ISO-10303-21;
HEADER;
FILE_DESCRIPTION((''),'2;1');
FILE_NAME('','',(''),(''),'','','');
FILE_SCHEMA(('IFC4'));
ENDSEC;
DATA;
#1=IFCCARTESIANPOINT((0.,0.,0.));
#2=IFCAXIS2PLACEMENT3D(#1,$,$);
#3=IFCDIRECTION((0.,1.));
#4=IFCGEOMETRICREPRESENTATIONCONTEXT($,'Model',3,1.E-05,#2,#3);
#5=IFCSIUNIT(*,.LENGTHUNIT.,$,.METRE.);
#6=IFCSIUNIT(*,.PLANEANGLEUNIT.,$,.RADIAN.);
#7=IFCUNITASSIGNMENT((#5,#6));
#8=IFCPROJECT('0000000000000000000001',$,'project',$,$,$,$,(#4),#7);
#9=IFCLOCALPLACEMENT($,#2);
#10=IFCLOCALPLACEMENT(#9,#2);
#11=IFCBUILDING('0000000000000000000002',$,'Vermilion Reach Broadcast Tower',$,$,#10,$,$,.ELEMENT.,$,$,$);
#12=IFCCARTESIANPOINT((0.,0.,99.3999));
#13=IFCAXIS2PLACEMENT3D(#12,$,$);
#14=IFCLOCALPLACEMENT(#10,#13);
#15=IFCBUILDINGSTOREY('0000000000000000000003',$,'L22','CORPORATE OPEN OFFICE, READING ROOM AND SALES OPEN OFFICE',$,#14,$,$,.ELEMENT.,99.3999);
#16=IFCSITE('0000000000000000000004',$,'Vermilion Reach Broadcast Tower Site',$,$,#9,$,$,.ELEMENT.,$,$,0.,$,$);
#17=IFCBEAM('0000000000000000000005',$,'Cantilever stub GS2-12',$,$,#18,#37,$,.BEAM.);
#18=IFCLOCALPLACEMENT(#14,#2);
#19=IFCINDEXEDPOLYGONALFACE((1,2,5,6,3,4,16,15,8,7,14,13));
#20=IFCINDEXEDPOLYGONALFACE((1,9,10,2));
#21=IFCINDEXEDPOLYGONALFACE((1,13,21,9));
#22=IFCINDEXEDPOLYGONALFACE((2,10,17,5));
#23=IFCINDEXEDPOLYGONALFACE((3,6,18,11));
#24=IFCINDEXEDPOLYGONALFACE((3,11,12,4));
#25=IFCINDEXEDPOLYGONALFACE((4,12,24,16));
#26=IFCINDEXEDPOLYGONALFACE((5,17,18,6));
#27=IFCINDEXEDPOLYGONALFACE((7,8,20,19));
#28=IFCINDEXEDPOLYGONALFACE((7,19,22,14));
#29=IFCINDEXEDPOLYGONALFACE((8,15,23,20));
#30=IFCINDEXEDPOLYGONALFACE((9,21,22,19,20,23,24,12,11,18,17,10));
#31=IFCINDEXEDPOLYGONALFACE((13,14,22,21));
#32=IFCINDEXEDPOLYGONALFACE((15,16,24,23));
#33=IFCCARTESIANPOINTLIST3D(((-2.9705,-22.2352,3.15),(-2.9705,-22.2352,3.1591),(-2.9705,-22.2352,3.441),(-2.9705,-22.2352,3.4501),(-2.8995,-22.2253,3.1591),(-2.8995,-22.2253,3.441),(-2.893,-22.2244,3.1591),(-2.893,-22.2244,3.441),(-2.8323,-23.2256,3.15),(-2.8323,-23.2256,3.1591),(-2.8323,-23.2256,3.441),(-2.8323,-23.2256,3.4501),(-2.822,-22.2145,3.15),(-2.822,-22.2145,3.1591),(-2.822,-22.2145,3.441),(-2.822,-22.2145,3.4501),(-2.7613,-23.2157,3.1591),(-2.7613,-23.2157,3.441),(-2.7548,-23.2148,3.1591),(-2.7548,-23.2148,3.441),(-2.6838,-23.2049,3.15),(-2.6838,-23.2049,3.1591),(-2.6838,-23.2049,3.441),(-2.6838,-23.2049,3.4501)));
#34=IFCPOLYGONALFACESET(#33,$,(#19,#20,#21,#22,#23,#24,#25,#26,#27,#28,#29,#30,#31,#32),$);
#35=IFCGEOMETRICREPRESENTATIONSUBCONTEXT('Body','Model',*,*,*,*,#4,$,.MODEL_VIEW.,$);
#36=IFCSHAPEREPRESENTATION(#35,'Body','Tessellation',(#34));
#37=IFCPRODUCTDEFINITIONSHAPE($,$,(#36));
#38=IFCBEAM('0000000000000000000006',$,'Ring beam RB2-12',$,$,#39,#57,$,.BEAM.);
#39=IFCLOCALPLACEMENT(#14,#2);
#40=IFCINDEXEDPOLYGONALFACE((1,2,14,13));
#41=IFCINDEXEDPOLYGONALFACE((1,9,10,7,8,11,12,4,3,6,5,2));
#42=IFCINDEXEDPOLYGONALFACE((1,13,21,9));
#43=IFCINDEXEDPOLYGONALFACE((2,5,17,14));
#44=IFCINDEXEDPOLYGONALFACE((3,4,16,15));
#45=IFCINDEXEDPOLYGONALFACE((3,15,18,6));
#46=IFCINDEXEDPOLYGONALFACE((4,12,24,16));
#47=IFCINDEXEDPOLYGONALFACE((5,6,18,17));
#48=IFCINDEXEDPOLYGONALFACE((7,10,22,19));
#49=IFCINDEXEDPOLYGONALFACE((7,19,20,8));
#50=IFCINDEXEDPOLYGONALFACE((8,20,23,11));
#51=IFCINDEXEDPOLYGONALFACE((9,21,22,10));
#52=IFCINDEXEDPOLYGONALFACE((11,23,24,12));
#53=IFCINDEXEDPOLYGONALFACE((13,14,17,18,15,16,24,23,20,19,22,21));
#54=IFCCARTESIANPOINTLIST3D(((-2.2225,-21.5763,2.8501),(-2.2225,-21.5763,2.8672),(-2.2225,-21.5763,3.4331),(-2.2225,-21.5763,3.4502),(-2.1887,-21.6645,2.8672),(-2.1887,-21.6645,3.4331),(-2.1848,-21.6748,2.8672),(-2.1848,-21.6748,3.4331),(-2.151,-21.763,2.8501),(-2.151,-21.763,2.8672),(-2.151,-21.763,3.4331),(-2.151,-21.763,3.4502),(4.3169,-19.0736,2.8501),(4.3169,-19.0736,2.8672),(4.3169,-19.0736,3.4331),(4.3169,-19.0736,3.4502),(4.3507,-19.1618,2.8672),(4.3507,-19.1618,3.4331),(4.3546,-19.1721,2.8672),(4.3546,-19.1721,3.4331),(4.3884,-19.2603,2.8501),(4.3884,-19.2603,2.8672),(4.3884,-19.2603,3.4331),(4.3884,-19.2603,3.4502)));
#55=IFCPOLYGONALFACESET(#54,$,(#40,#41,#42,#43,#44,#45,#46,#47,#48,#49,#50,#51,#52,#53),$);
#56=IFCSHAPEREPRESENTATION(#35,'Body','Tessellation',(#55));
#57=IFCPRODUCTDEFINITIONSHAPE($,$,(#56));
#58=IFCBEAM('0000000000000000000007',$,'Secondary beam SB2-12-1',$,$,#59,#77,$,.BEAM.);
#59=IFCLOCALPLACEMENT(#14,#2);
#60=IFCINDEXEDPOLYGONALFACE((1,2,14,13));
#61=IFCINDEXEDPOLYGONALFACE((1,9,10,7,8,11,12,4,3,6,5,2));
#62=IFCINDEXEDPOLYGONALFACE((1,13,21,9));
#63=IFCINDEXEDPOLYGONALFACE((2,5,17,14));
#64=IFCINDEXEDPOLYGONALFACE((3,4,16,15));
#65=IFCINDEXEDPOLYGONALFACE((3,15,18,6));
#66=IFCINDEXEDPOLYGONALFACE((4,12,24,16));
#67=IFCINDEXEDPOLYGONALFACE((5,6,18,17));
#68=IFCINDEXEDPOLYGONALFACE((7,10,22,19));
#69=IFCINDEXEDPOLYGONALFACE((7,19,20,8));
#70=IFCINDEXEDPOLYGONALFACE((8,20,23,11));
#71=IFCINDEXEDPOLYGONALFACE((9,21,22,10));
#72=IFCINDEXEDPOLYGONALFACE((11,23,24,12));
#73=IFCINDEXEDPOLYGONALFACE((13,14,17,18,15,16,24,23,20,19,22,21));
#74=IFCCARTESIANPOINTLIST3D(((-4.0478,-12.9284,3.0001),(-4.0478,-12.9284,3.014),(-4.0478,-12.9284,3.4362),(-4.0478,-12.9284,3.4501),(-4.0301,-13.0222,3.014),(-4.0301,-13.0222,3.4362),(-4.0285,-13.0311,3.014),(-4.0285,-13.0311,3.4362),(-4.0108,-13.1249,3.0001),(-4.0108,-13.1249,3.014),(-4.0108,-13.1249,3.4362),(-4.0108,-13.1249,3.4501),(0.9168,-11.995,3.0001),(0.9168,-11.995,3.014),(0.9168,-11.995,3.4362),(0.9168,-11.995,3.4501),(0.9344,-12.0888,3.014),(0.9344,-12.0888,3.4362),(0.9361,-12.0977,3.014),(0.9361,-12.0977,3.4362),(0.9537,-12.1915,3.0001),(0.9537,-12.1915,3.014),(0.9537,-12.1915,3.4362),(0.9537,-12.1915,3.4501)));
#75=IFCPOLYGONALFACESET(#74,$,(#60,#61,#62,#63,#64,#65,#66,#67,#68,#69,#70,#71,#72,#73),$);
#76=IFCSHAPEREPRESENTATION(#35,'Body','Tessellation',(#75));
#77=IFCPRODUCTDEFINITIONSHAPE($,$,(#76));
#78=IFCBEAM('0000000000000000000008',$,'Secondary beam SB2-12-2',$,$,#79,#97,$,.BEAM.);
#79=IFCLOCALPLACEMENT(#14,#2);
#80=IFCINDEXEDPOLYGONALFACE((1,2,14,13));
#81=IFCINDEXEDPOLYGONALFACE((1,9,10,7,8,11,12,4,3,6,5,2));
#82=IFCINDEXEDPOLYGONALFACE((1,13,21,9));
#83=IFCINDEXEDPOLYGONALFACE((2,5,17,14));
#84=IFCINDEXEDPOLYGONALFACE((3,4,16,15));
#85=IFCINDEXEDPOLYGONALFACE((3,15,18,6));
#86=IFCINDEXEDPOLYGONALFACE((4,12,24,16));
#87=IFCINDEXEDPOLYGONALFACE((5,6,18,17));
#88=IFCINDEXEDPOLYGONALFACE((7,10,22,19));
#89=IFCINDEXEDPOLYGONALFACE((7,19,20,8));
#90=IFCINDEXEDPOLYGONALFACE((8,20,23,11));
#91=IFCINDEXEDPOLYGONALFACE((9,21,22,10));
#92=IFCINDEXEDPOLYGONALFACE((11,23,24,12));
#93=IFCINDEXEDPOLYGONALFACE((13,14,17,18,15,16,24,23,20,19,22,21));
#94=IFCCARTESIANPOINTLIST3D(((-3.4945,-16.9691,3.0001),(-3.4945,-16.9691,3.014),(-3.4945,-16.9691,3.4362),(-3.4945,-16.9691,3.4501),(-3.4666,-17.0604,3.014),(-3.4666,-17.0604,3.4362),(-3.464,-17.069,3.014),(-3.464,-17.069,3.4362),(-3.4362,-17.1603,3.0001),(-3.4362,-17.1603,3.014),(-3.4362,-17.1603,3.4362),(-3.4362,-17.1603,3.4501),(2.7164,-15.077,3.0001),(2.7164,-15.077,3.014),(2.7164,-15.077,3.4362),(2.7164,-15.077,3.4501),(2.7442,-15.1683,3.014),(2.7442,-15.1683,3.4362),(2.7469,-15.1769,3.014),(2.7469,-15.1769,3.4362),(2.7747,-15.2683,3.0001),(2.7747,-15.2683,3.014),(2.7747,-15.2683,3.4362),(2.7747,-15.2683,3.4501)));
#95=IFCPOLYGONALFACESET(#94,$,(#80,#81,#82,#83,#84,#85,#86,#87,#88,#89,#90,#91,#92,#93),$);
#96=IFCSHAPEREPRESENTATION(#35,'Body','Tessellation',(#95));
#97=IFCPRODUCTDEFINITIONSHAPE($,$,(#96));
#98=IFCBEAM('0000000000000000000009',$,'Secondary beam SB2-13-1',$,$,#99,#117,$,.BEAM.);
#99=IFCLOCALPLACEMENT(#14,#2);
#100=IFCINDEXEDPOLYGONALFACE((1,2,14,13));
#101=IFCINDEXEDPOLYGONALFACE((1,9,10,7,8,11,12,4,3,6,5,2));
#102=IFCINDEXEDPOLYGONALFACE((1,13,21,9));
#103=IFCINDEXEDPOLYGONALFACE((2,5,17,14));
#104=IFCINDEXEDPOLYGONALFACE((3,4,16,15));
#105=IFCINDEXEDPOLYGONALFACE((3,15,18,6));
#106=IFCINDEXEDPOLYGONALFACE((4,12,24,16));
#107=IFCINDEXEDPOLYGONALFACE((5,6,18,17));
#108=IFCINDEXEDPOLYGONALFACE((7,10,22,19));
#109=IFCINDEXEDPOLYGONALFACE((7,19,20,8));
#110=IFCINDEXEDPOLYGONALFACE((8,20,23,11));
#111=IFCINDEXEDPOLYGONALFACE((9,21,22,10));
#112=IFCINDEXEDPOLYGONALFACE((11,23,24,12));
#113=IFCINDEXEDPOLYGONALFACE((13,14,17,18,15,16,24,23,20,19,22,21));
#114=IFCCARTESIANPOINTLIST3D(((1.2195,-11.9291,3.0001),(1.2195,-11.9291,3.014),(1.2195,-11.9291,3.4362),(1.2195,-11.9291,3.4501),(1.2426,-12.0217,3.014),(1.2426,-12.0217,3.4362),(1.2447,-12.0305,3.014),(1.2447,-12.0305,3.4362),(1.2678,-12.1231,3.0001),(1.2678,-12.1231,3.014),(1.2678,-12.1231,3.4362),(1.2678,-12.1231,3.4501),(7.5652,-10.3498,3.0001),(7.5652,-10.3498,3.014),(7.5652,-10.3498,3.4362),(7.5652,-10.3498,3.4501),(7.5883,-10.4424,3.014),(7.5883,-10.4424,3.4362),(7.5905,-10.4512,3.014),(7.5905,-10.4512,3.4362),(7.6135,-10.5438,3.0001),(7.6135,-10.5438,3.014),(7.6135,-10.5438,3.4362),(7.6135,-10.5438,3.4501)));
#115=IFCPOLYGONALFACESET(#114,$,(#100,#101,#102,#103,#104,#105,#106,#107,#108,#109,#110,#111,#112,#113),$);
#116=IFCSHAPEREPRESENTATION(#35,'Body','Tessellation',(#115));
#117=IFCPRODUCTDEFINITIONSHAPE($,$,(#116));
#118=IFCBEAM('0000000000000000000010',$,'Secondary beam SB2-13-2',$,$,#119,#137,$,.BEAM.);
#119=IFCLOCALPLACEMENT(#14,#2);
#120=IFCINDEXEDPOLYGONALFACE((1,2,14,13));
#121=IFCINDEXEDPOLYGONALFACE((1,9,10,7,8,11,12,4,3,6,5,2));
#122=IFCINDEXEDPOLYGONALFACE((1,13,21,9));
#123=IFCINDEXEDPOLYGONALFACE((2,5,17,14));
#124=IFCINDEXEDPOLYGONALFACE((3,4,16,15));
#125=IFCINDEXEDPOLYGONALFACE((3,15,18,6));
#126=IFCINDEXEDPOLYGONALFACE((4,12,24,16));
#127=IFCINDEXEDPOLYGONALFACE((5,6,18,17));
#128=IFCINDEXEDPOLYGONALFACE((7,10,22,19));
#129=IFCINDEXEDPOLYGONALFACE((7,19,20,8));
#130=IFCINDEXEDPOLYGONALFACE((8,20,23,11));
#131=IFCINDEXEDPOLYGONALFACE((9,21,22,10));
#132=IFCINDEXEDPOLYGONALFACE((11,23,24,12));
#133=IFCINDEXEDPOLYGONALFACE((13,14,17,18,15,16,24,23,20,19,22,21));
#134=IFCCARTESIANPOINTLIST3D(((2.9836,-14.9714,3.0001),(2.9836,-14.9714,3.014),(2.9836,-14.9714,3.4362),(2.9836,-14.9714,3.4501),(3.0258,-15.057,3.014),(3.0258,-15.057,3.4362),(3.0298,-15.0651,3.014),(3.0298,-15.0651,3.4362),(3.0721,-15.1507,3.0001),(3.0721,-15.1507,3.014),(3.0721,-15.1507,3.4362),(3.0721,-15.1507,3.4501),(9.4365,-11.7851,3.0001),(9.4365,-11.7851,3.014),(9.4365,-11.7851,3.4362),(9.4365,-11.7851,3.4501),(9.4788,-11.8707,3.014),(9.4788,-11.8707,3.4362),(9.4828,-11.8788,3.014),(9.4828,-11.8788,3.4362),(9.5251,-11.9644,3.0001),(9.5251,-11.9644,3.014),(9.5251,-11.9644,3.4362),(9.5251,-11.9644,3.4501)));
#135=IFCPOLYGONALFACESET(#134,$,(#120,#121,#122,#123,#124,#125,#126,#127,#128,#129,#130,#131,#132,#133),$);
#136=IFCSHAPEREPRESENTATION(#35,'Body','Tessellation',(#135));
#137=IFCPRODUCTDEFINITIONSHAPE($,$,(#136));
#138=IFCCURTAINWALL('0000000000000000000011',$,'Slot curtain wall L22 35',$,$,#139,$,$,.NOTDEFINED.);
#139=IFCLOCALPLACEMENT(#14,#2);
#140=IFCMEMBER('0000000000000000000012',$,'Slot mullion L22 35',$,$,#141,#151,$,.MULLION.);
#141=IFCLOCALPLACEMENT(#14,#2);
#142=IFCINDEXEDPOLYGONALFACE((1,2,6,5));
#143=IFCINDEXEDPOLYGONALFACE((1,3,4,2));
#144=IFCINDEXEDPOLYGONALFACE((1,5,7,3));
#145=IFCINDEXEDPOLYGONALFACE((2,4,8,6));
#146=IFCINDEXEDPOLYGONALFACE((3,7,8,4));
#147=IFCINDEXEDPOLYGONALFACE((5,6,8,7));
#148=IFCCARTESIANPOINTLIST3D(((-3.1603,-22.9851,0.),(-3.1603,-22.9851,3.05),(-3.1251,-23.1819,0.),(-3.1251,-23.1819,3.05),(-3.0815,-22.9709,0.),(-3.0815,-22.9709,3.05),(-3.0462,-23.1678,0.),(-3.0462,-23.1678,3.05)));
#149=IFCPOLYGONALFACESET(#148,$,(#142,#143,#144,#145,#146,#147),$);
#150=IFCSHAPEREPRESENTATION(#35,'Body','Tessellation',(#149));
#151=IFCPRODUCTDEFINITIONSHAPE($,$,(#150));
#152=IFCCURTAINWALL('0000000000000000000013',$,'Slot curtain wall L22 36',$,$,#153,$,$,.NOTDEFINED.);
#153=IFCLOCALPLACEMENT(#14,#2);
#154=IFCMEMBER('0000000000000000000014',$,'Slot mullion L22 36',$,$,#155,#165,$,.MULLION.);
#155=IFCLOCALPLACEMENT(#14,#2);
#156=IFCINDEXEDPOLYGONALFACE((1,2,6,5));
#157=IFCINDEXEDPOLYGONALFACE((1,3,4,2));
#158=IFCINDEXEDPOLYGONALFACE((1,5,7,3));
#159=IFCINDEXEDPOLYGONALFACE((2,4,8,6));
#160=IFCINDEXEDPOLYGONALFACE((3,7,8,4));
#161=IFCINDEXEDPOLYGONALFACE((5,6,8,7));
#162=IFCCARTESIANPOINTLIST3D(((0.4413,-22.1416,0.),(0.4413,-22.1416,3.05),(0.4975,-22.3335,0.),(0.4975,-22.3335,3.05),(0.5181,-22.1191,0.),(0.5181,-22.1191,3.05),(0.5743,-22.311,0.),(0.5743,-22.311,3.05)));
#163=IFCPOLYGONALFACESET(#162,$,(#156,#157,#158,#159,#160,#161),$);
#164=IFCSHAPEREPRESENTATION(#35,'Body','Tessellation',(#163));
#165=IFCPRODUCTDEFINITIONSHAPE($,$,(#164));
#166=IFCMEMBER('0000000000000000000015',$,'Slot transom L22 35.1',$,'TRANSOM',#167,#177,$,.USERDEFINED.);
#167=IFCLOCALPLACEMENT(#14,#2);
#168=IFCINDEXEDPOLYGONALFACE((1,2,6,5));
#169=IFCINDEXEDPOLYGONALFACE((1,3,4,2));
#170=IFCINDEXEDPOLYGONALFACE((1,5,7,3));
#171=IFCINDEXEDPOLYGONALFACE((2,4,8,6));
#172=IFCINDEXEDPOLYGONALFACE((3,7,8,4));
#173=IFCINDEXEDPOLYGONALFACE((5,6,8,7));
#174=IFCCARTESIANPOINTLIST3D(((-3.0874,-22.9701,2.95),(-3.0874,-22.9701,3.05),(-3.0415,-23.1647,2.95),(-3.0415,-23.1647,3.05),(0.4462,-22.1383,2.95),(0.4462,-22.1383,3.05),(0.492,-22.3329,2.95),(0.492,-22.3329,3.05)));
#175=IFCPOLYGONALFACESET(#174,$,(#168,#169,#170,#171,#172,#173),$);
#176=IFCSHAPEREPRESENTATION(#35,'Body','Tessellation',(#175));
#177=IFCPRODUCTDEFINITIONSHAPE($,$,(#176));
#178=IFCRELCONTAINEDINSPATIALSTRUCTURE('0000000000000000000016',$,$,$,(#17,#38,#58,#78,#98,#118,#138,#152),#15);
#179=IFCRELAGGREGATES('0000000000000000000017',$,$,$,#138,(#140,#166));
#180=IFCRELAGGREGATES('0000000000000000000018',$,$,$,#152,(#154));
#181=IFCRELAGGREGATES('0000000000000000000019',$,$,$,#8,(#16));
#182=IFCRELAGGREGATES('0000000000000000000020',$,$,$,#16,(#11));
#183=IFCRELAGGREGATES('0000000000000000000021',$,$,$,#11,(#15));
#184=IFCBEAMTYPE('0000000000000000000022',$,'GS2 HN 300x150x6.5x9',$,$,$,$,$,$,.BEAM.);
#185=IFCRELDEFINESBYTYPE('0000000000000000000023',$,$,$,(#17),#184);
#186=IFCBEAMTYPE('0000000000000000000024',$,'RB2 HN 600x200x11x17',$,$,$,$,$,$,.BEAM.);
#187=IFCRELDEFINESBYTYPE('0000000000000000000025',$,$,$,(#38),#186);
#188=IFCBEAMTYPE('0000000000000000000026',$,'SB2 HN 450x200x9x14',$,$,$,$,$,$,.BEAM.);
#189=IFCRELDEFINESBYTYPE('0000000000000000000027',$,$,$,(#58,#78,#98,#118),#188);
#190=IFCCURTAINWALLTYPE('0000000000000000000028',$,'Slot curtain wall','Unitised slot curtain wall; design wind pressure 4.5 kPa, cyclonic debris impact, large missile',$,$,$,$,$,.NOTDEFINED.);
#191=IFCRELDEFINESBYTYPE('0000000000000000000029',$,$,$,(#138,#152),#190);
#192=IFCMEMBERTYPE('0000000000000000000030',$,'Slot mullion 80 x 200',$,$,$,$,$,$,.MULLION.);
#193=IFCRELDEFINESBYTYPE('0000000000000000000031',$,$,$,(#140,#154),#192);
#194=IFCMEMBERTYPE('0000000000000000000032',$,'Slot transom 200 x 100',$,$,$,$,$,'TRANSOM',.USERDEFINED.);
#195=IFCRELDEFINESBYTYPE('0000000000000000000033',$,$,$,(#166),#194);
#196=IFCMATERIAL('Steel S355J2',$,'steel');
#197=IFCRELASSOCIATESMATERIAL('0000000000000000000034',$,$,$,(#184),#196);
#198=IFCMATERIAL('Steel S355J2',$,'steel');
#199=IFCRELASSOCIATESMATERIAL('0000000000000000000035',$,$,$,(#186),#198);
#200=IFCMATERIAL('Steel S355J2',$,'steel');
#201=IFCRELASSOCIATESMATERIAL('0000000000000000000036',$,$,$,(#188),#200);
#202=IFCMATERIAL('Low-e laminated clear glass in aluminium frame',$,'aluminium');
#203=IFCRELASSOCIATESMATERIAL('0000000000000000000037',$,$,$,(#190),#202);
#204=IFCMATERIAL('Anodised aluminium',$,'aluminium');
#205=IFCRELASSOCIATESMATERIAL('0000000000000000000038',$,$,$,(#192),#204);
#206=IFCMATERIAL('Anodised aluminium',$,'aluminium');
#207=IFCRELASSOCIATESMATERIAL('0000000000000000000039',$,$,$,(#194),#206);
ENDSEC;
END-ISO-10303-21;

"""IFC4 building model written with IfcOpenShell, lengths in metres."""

from ifc_helpers import new_model, si_unit, direction, frame, origin, origin_2d, place, context, subcontext, project, spatial, rectangle, i_section, extrude, material, material_profile, profile_set, type_object, element, aggregate, save


model = new_model("IFC4")

# Units and contexts
model_context = context("Model", 3, precision=1e-05, world=origin(), true_north=direction((0.0, 1.0)))
body_context = subcontext(model_context, "Body", "Model", "MODEL_VIEW")
ifc_project = project(units=[si_unit("LENGTHUNIT", "METRE"), si_unit("PLANEANGLEUNIT", "RADIAN")], contexts=[model_context])

# Site, building, storey
site_placement = place(None, origin())
site = spatial("IfcSite", under=ifc_project, at=site_placement, Name="Vermilion Reach Broadcast Tower Site", CompositionType="ELEMENT", RefElevation=0.0)
building_placement = place(site_placement, origin())
building = spatial("IfcBuilding", under=site, at=building_placement, Name="Vermilion Reach Broadcast Tower", CompositionType="ELEMENT")
storey_placement = place(building_placement, frame((0.0, 0.0, 99.3999)))
storey = spatial("IfcBuildingStorey", under=building, at=storey_placement, Name="L22", Description="CORPORATE OPEN OFFICE, READING ROOM AND SALES OPEN OFFICE", CompositionType="ELEMENT", Elevation=99.3999)

# Beams
ifc_material_1 = material(Name="Steel S355J2", Category="steel")
ifc_material_profile_1 = material_profile(ifc_material_1, i_section(OverallWidth=0.1499, OverallDepth=0.3, WebThickness=0.0066, FlangeThickness=0.009, at=origin_2d()), Name="S355J2 HN 300x150x6.5x9")
ifc_profile_set_1 = profile_set([ifc_material_profile_1], Name="Steel S355J2")
beam_type_1 = type_object("IfcBeamType", Name="GS2 HN 300x150x6.5x9", PredefinedType="BEAM", material=ifc_profile_set_1)
beam_1_placement = place(storey_placement, frame((-2.8962, -22.2249, 3.3), z_axis=(0.138174, -0.990408, 0.0), x_axis=(0.990408, 0.138174, 0.0)))
element("IfcBeam", 1, at=beam_1_placement, inside=storey, type_object=beam_type_1, Name="Cantilever stub GS2-12", PredefinedType="BEAM", context=body_context, shape_type="SweptSolid", body=[
    extrude(i_section(OverallWidth=0.1499, OverallDepth=0.3, WebThickness=0.0066, FlangeThickness=0.009, at=origin_2d()), origin(), (0.0, 0.0, 1.0), 1.0),
])
ifc_material_2 = material(Name="Steel S355J2", Category="steel")
ifc_material_profile_2 = material_profile(ifc_material_2, i_section(OverallWidth=0.2, OverallDepth=0.6001, WebThickness=0.011, FlangeThickness=0.0171, at=origin_2d()), Name="S355J2 HN 600x200x11x17")
ifc_profile_set_2 = profile_set([ifc_material_profile_2], Name="Steel S355J2")
beam_type_2 = type_object("IfcBeamType", Name="RB2 HN 600x200x11x17", PredefinedType="BEAM", material=ifc_profile_set_2)
beam_2_placement = place(storey_placement, frame((-2.1868, -21.6697, 3.1501), z_axis=(0.933939, 0.357432, 0.0), x_axis=(-0.357432, 0.933939, 0.0)))
element("IfcBeam", 2, at=beam_2_placement, inside=storey, type_object=beam_type_2, Name="Ring beam RB2-12", PredefinedType="BEAM", context=body_context, shape_type="SweptSolid", body=[
    extrude(i_section(OverallWidth=0.2, OverallDepth=0.6001, WebThickness=0.011, FlangeThickness=0.0171, at=origin_2d()), origin(), (0.0, 0.0, 1.0), 7.002),
])
ifc_material_3 = material(Name="Steel S355J2", Category="steel")
ifc_material_profile_3 = material_profile(ifc_material_3, i_section(OverallWidth=0.2, OverallDepth=0.45, WebThickness=0.009, FlangeThickness=0.0139, at=origin_2d()), Name="S355J2 HN 450x200x9x14")
ifc_profile_set_3 = profile_set([ifc_material_profile_3], Name="Steel S355J2")
beam_type_3 = type_object("IfcBeamType", Name="SB2 HN 450x200x9x14", PredefinedType="BEAM", material=ifc_profile_set_3)
beam_3_placement = place(storey_placement, frame((-4.0293, -13.0266, 3.2251), z_axis=(0.982783, 0.184764, 0.0), x_axis=(-0.184764, 0.982783, 0.0)))
element("IfcBeam", 3, at=beam_3_placement, inside=storey, type_object=beam_type_3, Name="Secondary beam SB2-12-1", PredefinedType="BEAM", context=body_context, shape_type="SweptSolid", body=[
    extrude(i_section(OverallWidth=0.2, OverallDepth=0.45, WebThickness=0.009, FlangeThickness=0.0139, at=origin_2d()), origin(), (0.0, 0.0, 1.0), 5.0515),
])
beam_4_placement = place(storey_placement, frame((-3.4653, -17.0647, 3.2251), z_axis=(0.956596, 0.291416, 0.0), x_axis=(-0.291416, 0.956596, 0.0)))
element("IfcBeam", 4, at=beam_4_placement, inside=storey, type_object=beam_type_3, Name="Secondary beam SB2-12-2", PredefinedType="BEAM", context=body_context, shape_type="SweptSolid", body=[
    extrude(i_section(OverallWidth=0.2, OverallDepth=0.45, WebThickness=0.009, FlangeThickness=0.0139, at=origin_2d()), origin(), (0.0, 0.0, 1.0), 6.4927),
])
beam_5_placement = place(storey_placement, frame((1.2437, -12.0261, 3.2251), z_axis=(0.970397, 0.241516, 0.0), x_axis=(-0.241516, 0.970397, 0.0)))
element("IfcBeam", 5, at=beam_5_placement, inside=storey, type_object=beam_type_3, Name="Secondary beam SB2-13-1", PredefinedType="BEAM", context=body_context, shape_type="SweptSolid", body=[
    extrude(i_section(OverallWidth=0.2, OverallDepth=0.45, WebThickness=0.009, FlangeThickness=0.0139, at=origin_2d()), origin(), (0.0, 0.0, 1.0), 6.5393),
])
beam_6_placement = place(storey_placement, frame((3.0278, -15.061, 3.2251), z_axis=(0.896648, 0.442744, 0.0), x_axis=(-0.442744, 0.896648, 0.0)))
element("IfcBeam", 6, at=beam_6_placement, inside=storey, type_object=beam_type_3, Name="Secondary beam SB2-13-2", PredefinedType="BEAM", context=body_context, shape_type="SweptSolid", body=[
    extrude(i_section(OverallWidth=0.2, OverallDepth=0.45, WebThickness=0.009, FlangeThickness=0.0139, at=origin_2d()), origin(), (0.0, 0.0, 1.0), 7.1968),
])

# Curtain walls, members
ifc_material_4 = material(Name="Low-e laminated clear glass in aluminium frame", Category="aluminium")
curtain_wall_type = type_object("IfcCurtainWallType", Name="Slot curtain wall", Description="Unitised slot curtain wall; design wind pressure 4.5 kPa, cyclonic debris impact, large missile", PredefinedType="NOTDEFINED", material=ifc_material_4)
placement = place(storey_placement, origin())
curtain_wall_1 = element("IfcCurtainWall", 7, at=placement, inside=storey, type_object=curtain_wall_type, Name="Slot curtain wall L22 35", PredefinedType="NOTDEFINED")
ifc_material_5 = material(Name="Anodised aluminium", Category="aluminium")
ifc_material_profile_4 = material_profile(ifc_material_5, rectangle(XDim=0.2, YDim=0.0801, at=origin_2d()), Name="Slot mullion 80 x 200")
ifc_profile_set_4 = profile_set([ifc_material_profile_4], Name="Anodised aluminium")
member_type_1 = type_object("IfcMemberType", Name="Slot mullion 80 x 200", PredefinedType="MULLION", material=ifc_profile_set_4)
member_1_placement = place(storey_placement, frame((-3.1033, -23.0764, 0.0), z_axis=(0.0, 0.0, 1.0), x_axis=(-0.176296, 0.984337, 0.0)))
member_1 = element("IfcMember", 8, at=member_1_placement, type_object=member_type_1, Name="Slot mullion L22 35", PredefinedType="MULLION", context=body_context, shape_type="SweptSolid", body=[
    extrude(rectangle(XDim=0.2, YDim=0.0801, at=origin_2d()), origin(), (0.0, 0.0, 1.0), 3.05),
])
curtain_wall_2 = element("IfcCurtainWall", 9, at=placement, inside=storey, type_object=curtain_wall_type, Name="Slot curtain wall L22 36", PredefinedType="NOTDEFINED")
member_2_placement = place(storey_placement, frame((0.5078, -22.2263, 0.0), z_axis=(0.0, 0.0, 1.0), x_axis=(-0.281002, 0.959707, 0.0)))
member_2 = element("IfcMember", 10, at=member_2_placement, type_object=member_type_1, Name="Slot mullion L22 36", PredefinedType="MULLION", context=body_context, shape_type="SweptSolid", body=[
    extrude(rectangle(XDim=0.2, YDim=0.0801, at=origin_2d()), origin(), (0.0, 0.0, 1.0), 3.05),
])

# Member
ifc_material_6 = material(Name="Anodised aluminium", Category="aluminium")
ifc_material_profile_5 = material_profile(ifc_material_6, rectangle(XDim=0.2, YDim=0.1001, at=origin_2d()), Name="Slot transom 200 x 100")
ifc_profile_set_5 = profile_set([ifc_material_profile_5], Name="Anodised aluminium")
member_type_2 = type_object("IfcMemberType", Name="Slot transom 200 x 100", ElementType="TRANSOM", PredefinedType="USERDEFINED", material=ifc_profile_set_5)
member_3_placement = place(storey_placement, frame((-3.0645, -23.0674, 3.0), z_axis=(0.973393, 0.229141, 0.0), x_axis=(-0.229141, 0.973393, 0.0)))
member_3 = element("IfcMember", 11, at=member_3_placement, type_object=member_type_2, Name="Slot transom L22 35.1", ObjectType="TRANSOM", PredefinedType="USERDEFINED", context=body_context, shape_type="SweptSolid", body=[
    extrude(rectangle(XDim=0.2, YDim=0.1001, at=origin_2d()), origin(), (0.0, 0.0, 1.0), 3.6301),
])

aggregate(curtain_wall_1, [member_1, member_3])
aggregate(curtain_wall_2, [member_2])

save(model, "model.ifc")
